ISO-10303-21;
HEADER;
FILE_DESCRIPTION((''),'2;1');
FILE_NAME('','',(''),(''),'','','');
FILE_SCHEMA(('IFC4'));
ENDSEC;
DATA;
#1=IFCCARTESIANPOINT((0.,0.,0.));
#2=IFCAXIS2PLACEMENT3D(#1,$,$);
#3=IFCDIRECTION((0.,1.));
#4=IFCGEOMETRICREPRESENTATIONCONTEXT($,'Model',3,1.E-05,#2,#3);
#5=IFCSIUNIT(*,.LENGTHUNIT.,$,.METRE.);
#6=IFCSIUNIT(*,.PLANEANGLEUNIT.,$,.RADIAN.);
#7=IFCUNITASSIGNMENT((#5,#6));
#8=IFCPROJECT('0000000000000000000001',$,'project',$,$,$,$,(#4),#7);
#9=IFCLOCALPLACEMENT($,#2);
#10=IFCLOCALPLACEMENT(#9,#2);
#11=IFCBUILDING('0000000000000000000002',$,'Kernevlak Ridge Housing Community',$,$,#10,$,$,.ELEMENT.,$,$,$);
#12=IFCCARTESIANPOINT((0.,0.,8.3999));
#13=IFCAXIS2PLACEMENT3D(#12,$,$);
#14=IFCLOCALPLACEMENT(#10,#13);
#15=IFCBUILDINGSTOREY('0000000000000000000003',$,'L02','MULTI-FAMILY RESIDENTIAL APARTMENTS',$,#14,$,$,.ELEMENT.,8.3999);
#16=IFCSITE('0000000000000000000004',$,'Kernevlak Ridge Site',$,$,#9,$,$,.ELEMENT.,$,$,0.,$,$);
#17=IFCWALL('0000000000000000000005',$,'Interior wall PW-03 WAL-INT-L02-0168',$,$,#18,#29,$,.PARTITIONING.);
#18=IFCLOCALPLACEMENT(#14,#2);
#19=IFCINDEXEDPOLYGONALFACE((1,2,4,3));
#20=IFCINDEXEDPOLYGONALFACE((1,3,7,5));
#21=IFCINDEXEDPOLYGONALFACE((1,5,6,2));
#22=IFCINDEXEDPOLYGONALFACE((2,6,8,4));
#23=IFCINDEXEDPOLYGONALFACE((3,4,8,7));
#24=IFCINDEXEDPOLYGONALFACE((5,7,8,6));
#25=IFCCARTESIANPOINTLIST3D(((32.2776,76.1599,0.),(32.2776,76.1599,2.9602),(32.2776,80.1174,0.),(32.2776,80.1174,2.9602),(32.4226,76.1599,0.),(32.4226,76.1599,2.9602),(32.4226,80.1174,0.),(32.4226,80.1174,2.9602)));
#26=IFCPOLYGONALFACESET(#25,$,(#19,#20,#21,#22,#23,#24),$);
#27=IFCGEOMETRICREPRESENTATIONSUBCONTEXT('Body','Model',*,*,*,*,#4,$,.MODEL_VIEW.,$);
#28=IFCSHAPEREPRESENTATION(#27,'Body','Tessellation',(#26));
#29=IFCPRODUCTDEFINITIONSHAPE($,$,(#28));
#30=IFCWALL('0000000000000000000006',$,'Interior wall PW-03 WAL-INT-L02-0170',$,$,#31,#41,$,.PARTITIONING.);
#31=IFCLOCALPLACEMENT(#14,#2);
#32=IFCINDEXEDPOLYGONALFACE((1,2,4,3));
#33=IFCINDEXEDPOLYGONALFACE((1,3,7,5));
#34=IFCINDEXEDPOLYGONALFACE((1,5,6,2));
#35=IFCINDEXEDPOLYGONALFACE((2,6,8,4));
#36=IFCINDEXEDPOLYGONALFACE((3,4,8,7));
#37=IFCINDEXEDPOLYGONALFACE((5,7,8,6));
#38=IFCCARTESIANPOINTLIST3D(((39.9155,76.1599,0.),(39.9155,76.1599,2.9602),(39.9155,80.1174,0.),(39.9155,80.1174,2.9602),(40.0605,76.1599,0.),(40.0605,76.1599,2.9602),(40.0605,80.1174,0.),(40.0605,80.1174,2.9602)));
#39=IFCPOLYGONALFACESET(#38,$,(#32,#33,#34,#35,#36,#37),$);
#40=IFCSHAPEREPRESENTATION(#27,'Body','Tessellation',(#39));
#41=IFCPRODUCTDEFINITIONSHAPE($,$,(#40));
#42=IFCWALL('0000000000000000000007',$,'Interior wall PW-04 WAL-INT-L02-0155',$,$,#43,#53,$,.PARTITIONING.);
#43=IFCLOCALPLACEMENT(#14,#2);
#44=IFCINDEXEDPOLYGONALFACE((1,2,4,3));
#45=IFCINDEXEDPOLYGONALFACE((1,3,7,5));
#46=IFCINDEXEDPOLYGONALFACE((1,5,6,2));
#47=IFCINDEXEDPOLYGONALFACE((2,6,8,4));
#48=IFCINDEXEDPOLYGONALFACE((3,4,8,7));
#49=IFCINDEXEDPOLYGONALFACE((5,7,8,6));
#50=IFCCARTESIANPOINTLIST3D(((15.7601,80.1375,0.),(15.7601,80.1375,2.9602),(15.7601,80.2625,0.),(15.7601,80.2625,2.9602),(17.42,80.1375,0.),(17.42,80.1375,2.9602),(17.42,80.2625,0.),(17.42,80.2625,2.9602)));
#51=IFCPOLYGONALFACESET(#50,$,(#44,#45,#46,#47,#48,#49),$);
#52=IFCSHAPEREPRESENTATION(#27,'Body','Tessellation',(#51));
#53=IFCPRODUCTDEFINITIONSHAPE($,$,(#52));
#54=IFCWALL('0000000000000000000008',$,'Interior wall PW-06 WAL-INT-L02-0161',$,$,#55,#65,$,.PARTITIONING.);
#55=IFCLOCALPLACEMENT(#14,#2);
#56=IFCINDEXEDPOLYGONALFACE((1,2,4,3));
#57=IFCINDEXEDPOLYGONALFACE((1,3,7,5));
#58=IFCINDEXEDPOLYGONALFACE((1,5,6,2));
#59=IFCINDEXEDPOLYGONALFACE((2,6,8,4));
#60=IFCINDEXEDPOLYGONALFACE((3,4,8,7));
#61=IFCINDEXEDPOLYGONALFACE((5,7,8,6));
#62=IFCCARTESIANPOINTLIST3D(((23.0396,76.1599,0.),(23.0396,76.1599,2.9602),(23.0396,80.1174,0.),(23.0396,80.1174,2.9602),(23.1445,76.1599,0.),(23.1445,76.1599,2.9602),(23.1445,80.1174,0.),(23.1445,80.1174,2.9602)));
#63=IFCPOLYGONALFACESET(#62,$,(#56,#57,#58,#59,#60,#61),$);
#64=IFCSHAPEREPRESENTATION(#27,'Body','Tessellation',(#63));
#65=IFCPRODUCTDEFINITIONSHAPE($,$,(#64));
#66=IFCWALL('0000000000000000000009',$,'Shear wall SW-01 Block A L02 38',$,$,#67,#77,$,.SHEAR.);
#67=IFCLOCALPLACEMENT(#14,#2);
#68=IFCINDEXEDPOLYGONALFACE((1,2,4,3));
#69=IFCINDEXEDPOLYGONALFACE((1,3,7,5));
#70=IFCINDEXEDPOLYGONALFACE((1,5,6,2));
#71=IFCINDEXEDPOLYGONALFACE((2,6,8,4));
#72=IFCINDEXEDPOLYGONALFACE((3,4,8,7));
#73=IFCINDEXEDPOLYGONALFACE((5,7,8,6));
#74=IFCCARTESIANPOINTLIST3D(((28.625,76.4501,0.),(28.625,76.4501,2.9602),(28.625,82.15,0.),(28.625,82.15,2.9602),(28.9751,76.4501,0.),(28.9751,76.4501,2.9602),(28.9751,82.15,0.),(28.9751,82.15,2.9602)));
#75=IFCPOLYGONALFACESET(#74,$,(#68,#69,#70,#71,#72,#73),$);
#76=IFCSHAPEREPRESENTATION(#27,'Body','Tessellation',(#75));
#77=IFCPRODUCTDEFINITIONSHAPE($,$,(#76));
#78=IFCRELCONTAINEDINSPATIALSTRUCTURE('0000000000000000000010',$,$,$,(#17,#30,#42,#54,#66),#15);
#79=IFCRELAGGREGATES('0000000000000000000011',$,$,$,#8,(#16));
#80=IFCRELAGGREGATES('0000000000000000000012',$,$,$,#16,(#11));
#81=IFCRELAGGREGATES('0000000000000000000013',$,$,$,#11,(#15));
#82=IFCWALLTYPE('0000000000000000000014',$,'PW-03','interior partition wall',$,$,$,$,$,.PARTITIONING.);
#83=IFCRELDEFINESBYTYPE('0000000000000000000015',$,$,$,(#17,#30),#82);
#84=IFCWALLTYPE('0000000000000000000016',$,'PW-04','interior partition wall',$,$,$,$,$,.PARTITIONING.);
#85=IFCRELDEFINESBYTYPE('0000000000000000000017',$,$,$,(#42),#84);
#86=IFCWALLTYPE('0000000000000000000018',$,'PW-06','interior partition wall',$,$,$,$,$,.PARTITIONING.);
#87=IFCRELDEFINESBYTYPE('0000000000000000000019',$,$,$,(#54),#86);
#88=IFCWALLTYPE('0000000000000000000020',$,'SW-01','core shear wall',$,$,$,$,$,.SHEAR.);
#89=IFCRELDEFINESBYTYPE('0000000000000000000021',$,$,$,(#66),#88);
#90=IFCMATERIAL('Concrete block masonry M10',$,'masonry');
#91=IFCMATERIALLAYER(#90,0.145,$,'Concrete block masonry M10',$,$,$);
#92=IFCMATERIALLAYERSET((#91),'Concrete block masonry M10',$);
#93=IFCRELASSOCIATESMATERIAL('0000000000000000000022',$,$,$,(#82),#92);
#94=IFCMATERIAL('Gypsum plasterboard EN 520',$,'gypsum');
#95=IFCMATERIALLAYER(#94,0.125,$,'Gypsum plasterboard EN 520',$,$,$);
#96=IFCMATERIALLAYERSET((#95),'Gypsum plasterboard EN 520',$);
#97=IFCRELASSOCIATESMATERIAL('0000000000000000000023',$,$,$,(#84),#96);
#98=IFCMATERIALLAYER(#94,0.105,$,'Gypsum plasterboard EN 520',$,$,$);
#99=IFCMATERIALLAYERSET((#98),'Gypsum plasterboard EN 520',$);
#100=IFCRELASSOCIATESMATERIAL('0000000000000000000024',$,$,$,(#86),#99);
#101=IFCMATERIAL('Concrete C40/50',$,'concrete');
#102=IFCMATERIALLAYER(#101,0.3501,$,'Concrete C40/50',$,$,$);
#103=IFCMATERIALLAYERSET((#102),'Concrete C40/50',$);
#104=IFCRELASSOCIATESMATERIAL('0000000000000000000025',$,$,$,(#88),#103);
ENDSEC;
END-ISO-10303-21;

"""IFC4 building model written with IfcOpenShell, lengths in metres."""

from ifc_helpers import new_model, si_unit, direction, frame, frame_2d, origin, place, context, subcontext, project, spatial, rectangle, extrude, material, layer, layer_set, type_object, element, save


model = new_model("IFC4")

# Units and contexts
model_context = context("Model", 3, precision=1e-05, world=origin(), true_north=direction((0.0, 1.0)))
body_context = subcontext(model_context, "Body", "Model", "MODEL_VIEW")
ifc_project = project(units=[si_unit("LENGTHUNIT", "METRE"), si_unit("PLANEANGLEUNIT", "RADIAN")], contexts=[model_context])

# Site, building, storey
site_placement = place(None, origin())
site = spatial("IfcSite", under=ifc_project, at=site_placement, Name="Kernevlak Ridge Site", CompositionType="ELEMENT", RefElevation=0.0)
building_placement = place(site_placement, origin())
building = spatial("IfcBuilding", under=site, at=building_placement, Name="Kernevlak Ridge Housing Community", CompositionType="ELEMENT")
storey_placement = place(building_placement, frame((0.0, 0.0, 8.3999)))
storey = spatial("IfcBuildingStorey", under=building, at=storey_placement, Name="L02", Description="MULTI-FAMILY RESIDENTIAL APARTMENTS", CompositionType="ELEMENT", Elevation=8.3999)

# Shared definitions
ifc_material_1 = material(Name="Concrete C40/50", Category="concrete")

# Shared definitions
ifc_material_2 = material(Name="Concrete block masonry M10", Category="masonry")

# Shared definitions
ifc_layer_1 = layer(ifc_material_2, 0.145, Name="Concrete block masonry M10")
ifc_layer_set_1 = layer_set([ifc_layer_1], Name="Concrete block masonry M10")
wall_type_1 = type_object("IfcWallType", Name="PW-03", Description="interior partition wall", PredefinedType="PARTITIONING", material=ifc_layer_set_1)

# Walls
for number, where, z_axis, x_axis, name in (
    (1, (32.3501, 80.1174, 0.0), (0.0, 0.0, 1.0), (0.0, -1.0, 0.0), "Interior wall PW-03 WAL-INT-L02-0168"),
    (2, (39.988, 80.1174, 0.0), (0.0, 0.0, 1.0), (0.0, -1.0, 0.0), "Interior wall PW-03 WAL-INT-L02-0170"),
):
    element("IfcWall", number, at=place(storey_placement, frame(where, z_axis=z_axis, x_axis=x_axis)), inside=storey, type_object=wall_type_1, Name=name, PredefinedType="PARTITIONING", context=body_context, shape_type="SweptSolid", body=[
        extrude(rectangle(XDim=3.9575, YDim=0.145, at=frame_2d((1.9788, 0.0))), origin(), (0.0, 0.0, 1.0), 2.9602),
    ])
ifc_material_3 = material(Name="Gypsum plasterboard EN 520", Category="gypsum")
ifc_layer_2 = layer(ifc_material_3, 0.125, Name="Gypsum plasterboard EN 520")
ifc_layer_set_2 = layer_set([ifc_layer_2], Name="Gypsum plasterboard EN 520")
wall_type_2 = type_object("IfcWallType", Name="PW-04", Description="interior partition wall", PredefinedType="PARTITIONING", material=ifc_layer_set_2)
wall_1_placement = place(storey_placement, frame((15.76, 80.2, 0.0), z_axis=(0.0, 0.0, 1.0), x_axis=(1.0, 0.0, 0.0)))
element("IfcWall", 3, at=wall_1_placement, inside=storey, type_object=wall_type_2, Name="Interior wall PW-04 WAL-INT-L02-0155", PredefinedType="PARTITIONING", context=body_context, shape_type="SweptSolid", body=[
    extrude(rectangle(XDim=1.6599, YDim=0.125, at=frame_2d((0.8301, 0.0))), origin(), (0.0, 0.0, 1.0), 2.9602),
])
ifc_layer_3 = layer(ifc_material_3, 0.105, Name="Gypsum plasterboard EN 520")
ifc_layer_set_3 = layer_set([ifc_layer_3], Name="Gypsum plasterboard EN 520")
wall_type_3 = type_object("IfcWallType", Name="PW-06", Description="interior partition wall", PredefinedType="PARTITIONING", material=ifc_layer_set_3)
wall_2_placement = place(storey_placement, frame((23.092, 80.1174, 0.0), z_axis=(0.0, 0.0, 1.0), x_axis=(0.0, -1.0, 0.0)))
element("IfcWall", 4, at=wall_2_placement, inside=storey, type_object=wall_type_3, Name="Interior wall PW-06 WAL-INT-L02-0161", PredefinedType="PARTITIONING", context=body_context, shape_type="SweptSolid", body=[
    extrude(rectangle(XDim=3.9575, YDim=0.105, at=frame_2d((1.9788, 0.0))), origin(), (0.0, 0.0, 1.0), 2.9602),
])
ifc_layer_4 = layer(ifc_material_1, 0.3501, Name="Concrete C40/50")
ifc_layer_set_4 = layer_set([ifc_layer_4], Name="Concrete C40/50")
wall_type_4 = type_object("IfcWallType", Name="SW-01", Description="core shear wall", PredefinedType="SHEAR", material=ifc_layer_set_4)
wall_3_placement = place(storey_placement, frame((28.8, 76.45, 0.0), z_axis=(0.0, 0.0, 1.0), x_axis=(0.0, 1.0, 0.0)))
element("IfcWall", 5, at=wall_3_placement, inside=storey, type_object=wall_type_4, Name="Shear wall SW-01 Block A L02 38", PredefinedType="SHEAR", context=body_context, shape_type="SweptSolid", body=[
    extrude(rectangle(XDim=5.7, YDim=0.3501, at=frame_2d((2.8501, 0.0))), origin(), (0.0, 0.0, 1.0), 2.9602),
])

save(model, "model.ifc")
